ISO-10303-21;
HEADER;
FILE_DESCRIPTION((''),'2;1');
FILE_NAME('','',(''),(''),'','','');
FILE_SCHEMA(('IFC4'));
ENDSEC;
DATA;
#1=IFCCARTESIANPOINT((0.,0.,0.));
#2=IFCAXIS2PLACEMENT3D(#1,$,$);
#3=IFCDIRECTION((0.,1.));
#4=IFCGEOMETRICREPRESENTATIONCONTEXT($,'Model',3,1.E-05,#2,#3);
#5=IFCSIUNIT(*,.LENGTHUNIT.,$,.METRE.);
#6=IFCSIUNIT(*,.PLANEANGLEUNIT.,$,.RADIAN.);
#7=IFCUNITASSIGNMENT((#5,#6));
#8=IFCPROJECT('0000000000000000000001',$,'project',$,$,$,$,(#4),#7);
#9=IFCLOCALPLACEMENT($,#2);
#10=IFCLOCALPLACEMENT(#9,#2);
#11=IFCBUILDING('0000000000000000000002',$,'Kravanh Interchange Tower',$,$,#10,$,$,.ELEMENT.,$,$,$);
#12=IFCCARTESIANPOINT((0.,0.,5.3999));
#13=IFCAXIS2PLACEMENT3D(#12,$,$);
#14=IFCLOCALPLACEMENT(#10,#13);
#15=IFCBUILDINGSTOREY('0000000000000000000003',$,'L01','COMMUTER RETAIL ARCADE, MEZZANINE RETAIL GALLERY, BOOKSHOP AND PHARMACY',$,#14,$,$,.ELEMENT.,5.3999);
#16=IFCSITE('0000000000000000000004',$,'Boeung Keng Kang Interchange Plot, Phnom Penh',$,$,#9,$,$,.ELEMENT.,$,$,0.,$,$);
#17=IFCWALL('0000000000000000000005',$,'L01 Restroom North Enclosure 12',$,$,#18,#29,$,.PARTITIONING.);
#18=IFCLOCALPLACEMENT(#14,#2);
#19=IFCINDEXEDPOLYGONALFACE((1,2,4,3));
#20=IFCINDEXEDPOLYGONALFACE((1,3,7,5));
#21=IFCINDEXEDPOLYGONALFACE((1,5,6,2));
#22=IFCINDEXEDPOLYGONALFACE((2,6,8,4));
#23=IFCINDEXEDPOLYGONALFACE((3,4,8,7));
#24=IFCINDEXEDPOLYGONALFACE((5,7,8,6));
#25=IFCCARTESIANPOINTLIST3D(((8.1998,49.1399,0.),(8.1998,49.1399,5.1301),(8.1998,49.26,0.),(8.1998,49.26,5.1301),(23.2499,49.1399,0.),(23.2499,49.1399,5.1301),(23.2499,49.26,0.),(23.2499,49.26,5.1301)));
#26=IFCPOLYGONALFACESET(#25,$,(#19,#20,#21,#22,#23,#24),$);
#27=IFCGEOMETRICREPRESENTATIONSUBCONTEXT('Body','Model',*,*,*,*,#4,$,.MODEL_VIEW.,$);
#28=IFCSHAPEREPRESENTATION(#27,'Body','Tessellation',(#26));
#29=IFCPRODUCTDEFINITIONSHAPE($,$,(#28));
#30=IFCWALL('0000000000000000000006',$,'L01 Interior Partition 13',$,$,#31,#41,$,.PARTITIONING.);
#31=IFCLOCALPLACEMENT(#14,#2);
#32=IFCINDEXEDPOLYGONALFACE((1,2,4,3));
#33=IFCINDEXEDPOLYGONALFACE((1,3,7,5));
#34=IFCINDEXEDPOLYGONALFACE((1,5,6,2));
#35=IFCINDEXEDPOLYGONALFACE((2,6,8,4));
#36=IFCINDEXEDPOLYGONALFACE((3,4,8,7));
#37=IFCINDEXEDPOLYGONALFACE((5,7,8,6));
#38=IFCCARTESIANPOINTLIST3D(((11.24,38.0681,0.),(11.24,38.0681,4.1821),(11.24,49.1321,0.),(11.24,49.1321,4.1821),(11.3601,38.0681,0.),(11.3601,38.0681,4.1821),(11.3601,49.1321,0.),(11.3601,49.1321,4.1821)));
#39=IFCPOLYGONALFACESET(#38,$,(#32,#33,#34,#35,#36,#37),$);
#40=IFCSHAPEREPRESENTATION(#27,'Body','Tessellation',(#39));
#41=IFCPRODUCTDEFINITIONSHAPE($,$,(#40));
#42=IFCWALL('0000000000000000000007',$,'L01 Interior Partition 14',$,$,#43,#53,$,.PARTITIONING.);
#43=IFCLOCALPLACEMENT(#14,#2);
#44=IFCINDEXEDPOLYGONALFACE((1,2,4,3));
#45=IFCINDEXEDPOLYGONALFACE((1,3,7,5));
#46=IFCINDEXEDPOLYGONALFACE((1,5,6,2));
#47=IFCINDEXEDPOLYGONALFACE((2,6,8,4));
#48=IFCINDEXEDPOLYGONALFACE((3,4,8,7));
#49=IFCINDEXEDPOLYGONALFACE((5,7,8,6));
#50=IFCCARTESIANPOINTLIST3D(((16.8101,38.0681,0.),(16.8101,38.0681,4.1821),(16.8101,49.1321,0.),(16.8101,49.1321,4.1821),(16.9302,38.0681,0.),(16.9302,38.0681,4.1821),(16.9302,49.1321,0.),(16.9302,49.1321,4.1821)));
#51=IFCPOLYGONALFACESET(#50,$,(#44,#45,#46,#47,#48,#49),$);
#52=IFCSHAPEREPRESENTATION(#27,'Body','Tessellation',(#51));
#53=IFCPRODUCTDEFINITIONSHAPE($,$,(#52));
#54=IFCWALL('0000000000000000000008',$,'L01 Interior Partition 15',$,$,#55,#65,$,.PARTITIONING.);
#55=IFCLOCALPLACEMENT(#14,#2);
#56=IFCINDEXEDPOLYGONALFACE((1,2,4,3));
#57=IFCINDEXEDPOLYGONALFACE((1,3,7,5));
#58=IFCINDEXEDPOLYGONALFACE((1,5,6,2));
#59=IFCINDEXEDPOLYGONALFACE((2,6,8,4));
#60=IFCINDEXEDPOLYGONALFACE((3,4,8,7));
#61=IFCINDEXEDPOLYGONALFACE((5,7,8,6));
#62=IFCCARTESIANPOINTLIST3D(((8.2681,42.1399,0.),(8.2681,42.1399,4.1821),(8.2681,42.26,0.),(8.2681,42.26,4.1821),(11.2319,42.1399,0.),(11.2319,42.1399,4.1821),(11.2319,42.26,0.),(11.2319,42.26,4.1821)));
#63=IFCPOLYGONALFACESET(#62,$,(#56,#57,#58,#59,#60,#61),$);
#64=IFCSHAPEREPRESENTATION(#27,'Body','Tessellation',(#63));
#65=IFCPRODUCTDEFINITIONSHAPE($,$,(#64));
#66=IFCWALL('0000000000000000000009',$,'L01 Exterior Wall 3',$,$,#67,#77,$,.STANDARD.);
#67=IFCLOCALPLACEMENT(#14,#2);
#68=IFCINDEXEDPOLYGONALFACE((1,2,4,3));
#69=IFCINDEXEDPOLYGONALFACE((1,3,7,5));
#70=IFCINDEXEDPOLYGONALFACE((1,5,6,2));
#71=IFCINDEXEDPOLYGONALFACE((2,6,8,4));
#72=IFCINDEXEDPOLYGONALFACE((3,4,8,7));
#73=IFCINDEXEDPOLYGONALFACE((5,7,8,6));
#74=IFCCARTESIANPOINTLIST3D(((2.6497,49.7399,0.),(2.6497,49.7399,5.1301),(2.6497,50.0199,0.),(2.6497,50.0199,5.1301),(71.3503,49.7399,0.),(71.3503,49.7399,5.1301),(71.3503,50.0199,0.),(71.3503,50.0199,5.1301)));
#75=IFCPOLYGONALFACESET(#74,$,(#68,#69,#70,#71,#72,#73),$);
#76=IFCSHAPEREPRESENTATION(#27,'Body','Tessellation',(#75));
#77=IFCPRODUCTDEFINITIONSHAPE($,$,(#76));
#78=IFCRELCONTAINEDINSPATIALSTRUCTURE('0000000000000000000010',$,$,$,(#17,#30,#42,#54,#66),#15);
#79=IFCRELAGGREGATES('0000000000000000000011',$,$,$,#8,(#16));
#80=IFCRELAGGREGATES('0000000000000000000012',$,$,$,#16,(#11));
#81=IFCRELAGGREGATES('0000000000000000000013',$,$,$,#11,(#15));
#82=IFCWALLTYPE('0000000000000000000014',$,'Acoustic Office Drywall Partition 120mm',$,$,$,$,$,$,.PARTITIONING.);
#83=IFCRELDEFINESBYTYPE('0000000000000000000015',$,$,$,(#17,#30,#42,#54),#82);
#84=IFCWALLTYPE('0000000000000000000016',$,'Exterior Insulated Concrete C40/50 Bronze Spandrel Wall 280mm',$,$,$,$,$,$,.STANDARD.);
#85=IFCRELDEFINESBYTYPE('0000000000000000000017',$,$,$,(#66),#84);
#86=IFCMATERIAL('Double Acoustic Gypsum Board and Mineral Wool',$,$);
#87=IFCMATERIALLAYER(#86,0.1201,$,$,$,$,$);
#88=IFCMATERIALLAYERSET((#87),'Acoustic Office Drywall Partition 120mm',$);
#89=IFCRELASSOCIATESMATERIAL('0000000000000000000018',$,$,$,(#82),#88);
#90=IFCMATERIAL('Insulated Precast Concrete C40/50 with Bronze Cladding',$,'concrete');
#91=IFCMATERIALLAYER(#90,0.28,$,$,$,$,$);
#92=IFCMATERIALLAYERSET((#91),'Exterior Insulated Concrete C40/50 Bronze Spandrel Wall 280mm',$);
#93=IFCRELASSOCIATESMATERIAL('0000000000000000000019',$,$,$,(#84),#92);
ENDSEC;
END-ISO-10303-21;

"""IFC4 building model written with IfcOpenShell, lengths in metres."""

from ifc_helpers import new_model, si_unit, direction, frame, frame_2d, origin, place, context, subcontext, project, spatial, rectangle, extrude, material, layer, layer_set, type_object, element, save


model = new_model("IFC4")

# Units and contexts
model_context = context("Model", 3, precision=1e-05, world=origin(), true_north=direction((0.0, 1.0)))
body_context = subcontext(model_context, "Body", "Model", "MODEL_VIEW")
ifc_project = project(units=[si_unit("LENGTHUNIT", "METRE"), si_unit("PLANEANGLEUNIT", "RADIAN")], contexts=[model_context])

# Site, building, storey
site_placement = place(None, origin())
site = spatial("IfcSite", under=ifc_project, at=site_placement, Name="Boeung Keng Kang Interchange Plot, Phnom Penh", CompositionType="ELEMENT", RefElevation=0.0)
building_placement = place(site_placement, origin())
building = spatial("IfcBuilding", under=site, at=building_placement, Name="Kravanh Interchange Tower", CompositionType="ELEMENT")
storey_placement = place(building_placement, frame((0.0, 0.0, 5.3999)))
storey = spatial("IfcBuildingStorey", under=building, at=storey_placement, Name="L01", Description="COMMUTER RETAIL ARCADE, MEZZANINE RETAIL GALLERY, BOOKSHOP AND PHARMACY", CompositionType="ELEMENT", Elevation=5.3999)

# Shared definitions
ifc_material_1 = material(Name="Double Acoustic Gypsum Board and Mineral Wool")
ifc_layer_1 = layer(ifc_material_1, 0.1201)
ifc_layer_set_1 = layer_set([ifc_layer_1], Name="Acoustic Office Drywall Partition 120mm")
wall_type_1 = type_object("IfcWallType", Name="Acoustic Office Drywall Partition 120mm", PredefinedType="PARTITIONING", material=ifc_layer_set_1)

# Walls
wall_1_placement = place(storey_placement, frame((8.2, 49.2, 0.0), z_axis=(0.0, 0.0, 1.0), x_axis=(1.0, 0.0, 0.0)))
element("IfcWall", 1, at=wall_1_placement, inside=storey, type_object=wall_type_1, Name="L01 Restroom North Enclosure 12", PredefinedType="PARTITIONING", context=body_context, shape_type="SweptSolid", body=[
    extrude(rectangle(XDim=15.05, YDim=0.1201, at=frame_2d((7.5249, 0.0))), origin(), (0.0, 0.0, 1.0), 5.1301),
])
for number, where, z_axis, x_axis, name in (
    (2, (11.3, 38.0681, 0.0), (0.0, 0.0, 1.0), (0.0, 1.0, 0.0), "L01 Interior Partition 13"),
    (3, (16.8701, 38.0681, 0.0), (0.0, 0.0, 1.0), (0.0, 1.0, 0.0), "L01 Interior Partition 14"),
):
    element("IfcWall", number, at=place(storey_placement, frame(where, z_axis=z_axis, x_axis=x_axis)), inside=storey, type_object=wall_type_1, Name=name, PredefinedType="PARTITIONING", context=body_context, shape_type="SweptSolid", body=[
        extrude(rectangle(XDim=11.064, YDim=0.1201, at=frame_2d((5.532, 0.0))), origin(), (0.0, 0.0, 1.0), 4.1821),
    ])
wall_2_placement = place(storey_placement, frame((8.2681, 42.2, 0.0), z_axis=(0.0, 0.0, 1.0), x_axis=(1.0, 0.0, 0.0)))
element("IfcWall", 4, at=wall_2_placement, inside=storey, type_object=wall_type_1, Name="L01 Interior Partition 15", PredefinedType="PARTITIONING", context=body_context, shape_type="SweptSolid", body=[
    extrude(rectangle(XDim=2.9639, YDim=0.1201, at=frame_2d((1.4819, 0.0))), origin(), (0.0, 0.0, 1.0), 4.1821),
])
ifc_material_2 = material(Name="Insulated Precast Concrete C40/50 with Bronze Cladding", Category="concrete")
ifc_layer_2 = layer(ifc_material_2, 0.28)
ifc_layer_set_2 = layer_set([ifc_layer_2], Name="Exterior Insulated Concrete C40/50 Bronze Spandrel Wall 280mm")
wall_type_2 = type_object("IfcWallType", Name="Exterior Insulated Concrete C40/50 Bronze Spandrel Wall 280mm", PredefinedType="STANDARD", material=ifc_layer_set_2)
wall_3_placement = place(storey_placement, frame((2.6497, 49.8799, 0.0), z_axis=(0.0, 0.0, 1.0), x_axis=(1.0, 0.0, 0.0)))
element("IfcWall", 5, at=wall_3_placement, inside=storey, type_object=wall_type_2, Name="L01 Exterior Wall 3", PredefinedType="STANDARD", context=body_context, shape_type="SweptSolid", body=[
    extrude(rectangle(XDim=68.7007, YDim=0.28, at=frame_2d((34.3503, 0.0))), origin(), (0.0, 0.0, 1.0), 5.1301),
])

save(model, "model.ifc")
